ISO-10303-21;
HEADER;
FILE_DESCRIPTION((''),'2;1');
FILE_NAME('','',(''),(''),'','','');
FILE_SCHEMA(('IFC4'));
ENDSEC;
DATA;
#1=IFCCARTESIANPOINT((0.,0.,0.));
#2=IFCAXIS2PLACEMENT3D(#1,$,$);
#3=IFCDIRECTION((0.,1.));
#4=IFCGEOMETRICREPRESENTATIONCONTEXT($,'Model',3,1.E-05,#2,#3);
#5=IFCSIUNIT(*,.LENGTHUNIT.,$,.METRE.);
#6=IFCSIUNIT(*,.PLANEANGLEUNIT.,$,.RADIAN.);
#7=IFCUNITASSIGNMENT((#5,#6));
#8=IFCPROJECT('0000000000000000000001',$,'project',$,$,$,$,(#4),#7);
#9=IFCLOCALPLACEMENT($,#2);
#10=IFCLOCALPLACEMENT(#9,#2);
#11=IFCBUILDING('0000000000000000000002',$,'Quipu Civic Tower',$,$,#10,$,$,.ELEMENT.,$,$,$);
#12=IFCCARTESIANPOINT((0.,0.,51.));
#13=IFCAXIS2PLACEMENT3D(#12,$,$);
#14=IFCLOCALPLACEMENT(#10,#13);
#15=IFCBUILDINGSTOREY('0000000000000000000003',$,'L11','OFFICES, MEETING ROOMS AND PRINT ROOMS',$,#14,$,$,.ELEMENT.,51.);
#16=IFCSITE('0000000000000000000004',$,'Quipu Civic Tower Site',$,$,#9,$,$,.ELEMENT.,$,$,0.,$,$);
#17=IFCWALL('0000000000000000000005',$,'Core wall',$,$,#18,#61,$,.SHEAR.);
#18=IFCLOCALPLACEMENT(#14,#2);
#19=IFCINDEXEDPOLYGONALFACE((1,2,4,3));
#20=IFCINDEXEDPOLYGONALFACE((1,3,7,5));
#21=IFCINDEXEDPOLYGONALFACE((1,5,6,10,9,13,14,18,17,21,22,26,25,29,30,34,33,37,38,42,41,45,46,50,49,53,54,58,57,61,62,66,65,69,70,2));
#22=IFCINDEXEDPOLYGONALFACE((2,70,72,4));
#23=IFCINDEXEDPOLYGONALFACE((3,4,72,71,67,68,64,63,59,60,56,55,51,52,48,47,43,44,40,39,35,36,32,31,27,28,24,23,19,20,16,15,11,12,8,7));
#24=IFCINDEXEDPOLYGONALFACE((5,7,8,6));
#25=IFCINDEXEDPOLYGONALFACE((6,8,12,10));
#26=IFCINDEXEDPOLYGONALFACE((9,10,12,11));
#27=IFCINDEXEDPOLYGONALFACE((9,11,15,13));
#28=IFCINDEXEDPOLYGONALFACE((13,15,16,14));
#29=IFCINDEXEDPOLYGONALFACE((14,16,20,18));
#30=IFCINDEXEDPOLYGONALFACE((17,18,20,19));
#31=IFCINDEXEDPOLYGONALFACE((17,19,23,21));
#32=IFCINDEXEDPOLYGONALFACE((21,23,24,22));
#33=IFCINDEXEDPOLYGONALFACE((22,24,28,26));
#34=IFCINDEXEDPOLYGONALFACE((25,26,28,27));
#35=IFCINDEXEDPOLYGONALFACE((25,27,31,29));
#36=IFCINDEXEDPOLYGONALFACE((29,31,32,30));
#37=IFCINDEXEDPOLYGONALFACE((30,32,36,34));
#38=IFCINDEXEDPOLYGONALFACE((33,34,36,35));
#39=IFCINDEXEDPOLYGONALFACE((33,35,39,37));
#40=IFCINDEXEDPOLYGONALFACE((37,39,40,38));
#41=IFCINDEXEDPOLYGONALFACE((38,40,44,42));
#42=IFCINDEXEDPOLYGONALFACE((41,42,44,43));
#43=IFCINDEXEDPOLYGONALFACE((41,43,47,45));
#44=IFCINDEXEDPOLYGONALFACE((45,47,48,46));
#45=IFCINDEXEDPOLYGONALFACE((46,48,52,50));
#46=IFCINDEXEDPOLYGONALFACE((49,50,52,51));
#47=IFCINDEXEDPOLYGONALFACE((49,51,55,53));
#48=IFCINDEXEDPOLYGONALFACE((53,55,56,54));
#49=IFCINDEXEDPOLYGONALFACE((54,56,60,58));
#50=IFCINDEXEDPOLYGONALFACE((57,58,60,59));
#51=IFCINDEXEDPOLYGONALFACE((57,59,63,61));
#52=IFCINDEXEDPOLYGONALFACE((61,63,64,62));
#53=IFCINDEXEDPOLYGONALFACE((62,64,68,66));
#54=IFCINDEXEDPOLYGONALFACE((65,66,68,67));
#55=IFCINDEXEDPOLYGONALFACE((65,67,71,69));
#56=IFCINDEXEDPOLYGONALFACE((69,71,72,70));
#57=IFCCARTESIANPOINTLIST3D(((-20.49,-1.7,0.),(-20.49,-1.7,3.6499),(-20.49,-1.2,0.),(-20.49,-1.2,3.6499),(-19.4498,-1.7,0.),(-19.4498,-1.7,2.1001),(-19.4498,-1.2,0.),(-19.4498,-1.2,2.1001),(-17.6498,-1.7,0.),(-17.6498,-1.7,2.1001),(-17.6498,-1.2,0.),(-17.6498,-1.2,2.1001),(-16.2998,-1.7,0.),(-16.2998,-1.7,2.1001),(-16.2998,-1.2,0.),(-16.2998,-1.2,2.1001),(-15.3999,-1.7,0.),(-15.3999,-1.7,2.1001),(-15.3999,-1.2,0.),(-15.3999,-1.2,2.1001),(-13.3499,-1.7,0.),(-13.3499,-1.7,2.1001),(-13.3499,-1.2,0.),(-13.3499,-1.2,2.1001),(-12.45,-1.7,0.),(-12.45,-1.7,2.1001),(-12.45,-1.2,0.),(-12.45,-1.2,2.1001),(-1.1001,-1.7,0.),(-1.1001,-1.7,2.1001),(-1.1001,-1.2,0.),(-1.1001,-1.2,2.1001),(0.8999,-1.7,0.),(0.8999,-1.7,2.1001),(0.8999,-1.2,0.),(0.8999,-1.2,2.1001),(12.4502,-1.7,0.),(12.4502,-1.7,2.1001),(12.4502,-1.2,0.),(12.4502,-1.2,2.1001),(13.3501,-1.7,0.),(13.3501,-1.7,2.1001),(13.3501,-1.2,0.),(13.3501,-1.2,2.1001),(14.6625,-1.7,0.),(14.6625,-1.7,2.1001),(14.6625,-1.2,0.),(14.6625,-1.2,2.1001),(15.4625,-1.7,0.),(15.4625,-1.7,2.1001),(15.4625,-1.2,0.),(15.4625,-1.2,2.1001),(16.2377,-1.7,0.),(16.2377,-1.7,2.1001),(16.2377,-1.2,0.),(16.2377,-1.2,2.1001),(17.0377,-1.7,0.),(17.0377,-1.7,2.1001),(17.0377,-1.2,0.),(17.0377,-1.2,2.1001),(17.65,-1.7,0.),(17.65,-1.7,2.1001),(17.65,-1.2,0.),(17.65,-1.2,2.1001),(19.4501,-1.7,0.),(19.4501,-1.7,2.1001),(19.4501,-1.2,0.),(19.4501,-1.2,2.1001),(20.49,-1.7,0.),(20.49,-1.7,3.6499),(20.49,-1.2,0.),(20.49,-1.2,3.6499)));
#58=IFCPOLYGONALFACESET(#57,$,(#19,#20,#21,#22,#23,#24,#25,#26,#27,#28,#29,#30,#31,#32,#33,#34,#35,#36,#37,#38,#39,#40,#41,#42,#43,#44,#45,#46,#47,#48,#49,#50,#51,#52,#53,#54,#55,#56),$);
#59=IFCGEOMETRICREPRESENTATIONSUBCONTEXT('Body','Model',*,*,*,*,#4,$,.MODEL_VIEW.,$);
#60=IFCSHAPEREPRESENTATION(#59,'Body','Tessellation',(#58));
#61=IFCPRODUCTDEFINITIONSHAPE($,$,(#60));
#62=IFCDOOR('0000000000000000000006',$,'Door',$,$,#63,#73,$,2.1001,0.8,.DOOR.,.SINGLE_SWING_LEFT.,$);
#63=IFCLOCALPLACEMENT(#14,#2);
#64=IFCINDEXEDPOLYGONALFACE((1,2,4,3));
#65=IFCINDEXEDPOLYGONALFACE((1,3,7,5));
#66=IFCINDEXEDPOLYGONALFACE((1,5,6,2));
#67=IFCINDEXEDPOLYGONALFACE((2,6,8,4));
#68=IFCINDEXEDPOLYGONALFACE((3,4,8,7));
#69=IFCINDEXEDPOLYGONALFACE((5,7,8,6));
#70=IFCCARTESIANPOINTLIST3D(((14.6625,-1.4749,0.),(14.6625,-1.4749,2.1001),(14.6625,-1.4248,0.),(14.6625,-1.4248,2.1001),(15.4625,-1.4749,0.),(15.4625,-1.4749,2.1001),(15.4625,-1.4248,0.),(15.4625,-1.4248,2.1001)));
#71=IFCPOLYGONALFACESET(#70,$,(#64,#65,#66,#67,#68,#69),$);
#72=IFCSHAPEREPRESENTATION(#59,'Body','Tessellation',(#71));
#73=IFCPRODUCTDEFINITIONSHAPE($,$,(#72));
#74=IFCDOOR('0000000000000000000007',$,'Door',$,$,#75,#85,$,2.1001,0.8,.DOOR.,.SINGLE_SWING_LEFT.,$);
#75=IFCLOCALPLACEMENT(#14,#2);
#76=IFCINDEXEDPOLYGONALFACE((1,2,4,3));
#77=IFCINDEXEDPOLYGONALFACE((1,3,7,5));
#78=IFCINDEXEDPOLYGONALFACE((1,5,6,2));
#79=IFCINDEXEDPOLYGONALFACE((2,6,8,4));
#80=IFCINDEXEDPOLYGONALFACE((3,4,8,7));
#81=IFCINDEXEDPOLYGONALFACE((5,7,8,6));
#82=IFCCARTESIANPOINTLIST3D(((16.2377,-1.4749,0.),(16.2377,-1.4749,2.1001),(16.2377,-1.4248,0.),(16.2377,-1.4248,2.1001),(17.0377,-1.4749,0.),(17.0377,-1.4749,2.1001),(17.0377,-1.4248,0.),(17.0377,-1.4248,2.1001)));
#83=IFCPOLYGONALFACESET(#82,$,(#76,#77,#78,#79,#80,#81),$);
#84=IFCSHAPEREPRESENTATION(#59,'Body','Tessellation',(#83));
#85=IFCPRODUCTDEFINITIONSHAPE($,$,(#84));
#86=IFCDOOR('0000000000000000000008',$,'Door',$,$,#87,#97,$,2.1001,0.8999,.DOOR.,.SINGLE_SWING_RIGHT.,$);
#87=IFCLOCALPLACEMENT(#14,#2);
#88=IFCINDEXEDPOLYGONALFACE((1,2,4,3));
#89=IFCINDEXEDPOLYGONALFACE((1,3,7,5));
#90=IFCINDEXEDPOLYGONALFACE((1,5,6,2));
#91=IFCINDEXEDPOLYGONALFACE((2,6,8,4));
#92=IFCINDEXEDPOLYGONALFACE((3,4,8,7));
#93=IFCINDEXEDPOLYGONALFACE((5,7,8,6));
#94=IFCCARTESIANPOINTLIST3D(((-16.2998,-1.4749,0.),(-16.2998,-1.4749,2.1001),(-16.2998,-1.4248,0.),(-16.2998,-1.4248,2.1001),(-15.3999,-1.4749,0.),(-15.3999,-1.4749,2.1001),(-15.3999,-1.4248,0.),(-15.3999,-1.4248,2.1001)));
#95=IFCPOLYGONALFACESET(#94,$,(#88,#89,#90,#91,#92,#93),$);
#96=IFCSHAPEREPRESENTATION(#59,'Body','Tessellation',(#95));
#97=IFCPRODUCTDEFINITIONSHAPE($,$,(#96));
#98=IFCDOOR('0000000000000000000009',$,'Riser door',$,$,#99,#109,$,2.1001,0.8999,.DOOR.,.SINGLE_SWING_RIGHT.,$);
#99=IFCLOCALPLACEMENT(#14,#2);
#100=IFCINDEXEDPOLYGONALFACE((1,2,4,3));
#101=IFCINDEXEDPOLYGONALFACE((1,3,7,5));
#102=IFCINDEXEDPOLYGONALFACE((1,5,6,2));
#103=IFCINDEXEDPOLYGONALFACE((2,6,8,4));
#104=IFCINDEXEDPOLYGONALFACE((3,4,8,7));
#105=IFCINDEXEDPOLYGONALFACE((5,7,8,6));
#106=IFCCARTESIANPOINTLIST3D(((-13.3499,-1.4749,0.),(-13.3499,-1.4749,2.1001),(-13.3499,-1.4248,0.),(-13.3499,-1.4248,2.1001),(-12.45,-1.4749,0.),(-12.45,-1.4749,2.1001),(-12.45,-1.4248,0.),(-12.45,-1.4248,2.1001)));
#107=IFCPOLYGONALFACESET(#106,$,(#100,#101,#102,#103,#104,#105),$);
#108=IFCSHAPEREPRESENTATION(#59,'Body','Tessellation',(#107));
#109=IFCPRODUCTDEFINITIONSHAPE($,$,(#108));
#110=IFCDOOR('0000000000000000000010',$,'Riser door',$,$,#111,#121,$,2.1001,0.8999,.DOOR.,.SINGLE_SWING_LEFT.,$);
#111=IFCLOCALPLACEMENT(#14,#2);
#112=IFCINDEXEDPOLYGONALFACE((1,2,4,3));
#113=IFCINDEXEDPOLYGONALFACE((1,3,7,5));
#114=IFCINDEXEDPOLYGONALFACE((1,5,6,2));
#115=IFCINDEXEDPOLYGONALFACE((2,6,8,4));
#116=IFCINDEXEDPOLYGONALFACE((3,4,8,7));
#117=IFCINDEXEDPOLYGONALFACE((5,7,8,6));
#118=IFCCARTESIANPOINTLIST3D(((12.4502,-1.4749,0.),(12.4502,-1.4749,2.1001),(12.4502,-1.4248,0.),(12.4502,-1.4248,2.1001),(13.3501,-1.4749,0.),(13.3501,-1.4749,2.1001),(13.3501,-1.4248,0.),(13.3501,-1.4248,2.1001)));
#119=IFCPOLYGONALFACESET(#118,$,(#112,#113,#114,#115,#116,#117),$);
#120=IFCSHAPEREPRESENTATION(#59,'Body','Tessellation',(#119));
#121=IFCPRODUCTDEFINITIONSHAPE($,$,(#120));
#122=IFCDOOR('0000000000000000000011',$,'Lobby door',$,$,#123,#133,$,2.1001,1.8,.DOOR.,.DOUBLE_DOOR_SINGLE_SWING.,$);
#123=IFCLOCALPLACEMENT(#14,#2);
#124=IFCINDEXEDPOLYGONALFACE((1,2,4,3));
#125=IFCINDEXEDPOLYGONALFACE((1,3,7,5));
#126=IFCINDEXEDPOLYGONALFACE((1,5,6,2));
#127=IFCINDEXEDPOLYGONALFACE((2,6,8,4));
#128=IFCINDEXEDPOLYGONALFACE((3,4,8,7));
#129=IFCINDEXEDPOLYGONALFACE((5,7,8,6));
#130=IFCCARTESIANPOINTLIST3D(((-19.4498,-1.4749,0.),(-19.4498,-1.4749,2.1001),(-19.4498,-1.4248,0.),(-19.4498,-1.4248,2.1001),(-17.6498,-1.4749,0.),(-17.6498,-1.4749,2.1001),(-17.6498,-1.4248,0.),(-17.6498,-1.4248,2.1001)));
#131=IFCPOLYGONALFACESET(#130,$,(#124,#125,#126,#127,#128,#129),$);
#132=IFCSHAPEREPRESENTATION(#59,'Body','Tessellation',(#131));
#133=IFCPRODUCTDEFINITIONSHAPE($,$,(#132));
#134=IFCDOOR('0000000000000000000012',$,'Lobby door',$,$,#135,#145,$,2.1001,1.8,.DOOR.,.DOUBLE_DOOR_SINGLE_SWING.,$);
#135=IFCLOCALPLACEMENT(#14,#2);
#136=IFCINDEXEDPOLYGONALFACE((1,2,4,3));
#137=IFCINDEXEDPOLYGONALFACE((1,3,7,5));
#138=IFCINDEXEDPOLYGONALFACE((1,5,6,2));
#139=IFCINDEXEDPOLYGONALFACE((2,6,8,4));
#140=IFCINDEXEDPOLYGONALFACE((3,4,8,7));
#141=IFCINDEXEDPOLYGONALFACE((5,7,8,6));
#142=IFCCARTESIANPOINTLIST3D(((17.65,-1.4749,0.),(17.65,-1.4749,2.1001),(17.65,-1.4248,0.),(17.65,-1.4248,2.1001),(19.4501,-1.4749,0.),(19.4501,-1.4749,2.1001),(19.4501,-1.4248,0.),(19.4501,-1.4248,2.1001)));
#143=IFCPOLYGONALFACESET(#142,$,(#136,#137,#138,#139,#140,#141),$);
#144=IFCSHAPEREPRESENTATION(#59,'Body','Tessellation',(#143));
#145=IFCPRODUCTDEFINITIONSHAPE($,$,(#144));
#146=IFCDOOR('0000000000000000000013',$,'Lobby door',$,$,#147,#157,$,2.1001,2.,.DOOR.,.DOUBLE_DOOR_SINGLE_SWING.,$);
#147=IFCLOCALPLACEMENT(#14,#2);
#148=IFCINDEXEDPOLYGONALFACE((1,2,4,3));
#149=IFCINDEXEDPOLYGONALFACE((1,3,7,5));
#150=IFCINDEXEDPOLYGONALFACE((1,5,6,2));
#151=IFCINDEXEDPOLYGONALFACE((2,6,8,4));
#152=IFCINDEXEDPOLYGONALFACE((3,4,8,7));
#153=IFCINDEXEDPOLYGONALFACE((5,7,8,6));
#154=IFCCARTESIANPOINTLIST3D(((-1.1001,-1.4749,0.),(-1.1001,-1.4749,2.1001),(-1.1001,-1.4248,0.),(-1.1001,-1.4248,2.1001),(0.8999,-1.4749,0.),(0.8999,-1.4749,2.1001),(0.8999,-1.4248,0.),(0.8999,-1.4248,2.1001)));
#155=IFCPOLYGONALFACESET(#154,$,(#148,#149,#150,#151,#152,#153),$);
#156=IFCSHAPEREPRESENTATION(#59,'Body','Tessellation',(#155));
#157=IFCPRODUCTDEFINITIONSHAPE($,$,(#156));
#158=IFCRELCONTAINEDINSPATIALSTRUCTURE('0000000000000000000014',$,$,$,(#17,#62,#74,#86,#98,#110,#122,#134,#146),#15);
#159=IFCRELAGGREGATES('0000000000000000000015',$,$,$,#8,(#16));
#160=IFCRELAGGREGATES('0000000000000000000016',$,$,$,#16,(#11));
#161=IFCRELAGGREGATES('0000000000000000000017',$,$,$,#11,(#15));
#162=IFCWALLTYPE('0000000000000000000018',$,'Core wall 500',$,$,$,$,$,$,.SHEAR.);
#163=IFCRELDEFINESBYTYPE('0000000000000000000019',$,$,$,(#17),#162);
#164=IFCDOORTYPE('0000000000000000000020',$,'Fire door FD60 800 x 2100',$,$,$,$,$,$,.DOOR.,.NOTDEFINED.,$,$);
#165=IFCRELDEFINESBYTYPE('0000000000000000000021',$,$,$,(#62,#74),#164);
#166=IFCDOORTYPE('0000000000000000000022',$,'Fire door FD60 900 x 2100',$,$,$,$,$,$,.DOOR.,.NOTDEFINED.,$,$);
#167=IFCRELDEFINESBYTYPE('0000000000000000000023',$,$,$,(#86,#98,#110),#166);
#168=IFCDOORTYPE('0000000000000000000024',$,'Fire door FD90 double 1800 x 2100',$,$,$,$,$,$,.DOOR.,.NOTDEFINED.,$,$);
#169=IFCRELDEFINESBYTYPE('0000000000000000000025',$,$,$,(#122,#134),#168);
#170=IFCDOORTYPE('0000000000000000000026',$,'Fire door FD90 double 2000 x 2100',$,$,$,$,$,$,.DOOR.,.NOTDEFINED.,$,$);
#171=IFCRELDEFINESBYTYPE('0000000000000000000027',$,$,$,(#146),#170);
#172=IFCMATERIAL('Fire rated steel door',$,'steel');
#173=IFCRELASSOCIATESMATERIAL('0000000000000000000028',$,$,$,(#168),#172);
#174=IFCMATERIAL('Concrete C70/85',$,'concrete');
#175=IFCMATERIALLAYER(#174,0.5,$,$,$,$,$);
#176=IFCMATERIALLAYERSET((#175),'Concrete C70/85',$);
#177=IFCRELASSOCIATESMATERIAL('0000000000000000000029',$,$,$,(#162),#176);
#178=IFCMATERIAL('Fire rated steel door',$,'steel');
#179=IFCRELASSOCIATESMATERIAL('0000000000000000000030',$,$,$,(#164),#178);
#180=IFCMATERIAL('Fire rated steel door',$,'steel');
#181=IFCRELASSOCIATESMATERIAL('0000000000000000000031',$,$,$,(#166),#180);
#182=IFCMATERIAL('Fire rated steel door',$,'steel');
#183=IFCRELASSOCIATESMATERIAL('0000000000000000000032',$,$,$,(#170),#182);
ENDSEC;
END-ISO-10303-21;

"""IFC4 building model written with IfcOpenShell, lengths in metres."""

from ifc_helpers import new_model, si_unit, direction, frame, frame_2d, origin, place, context, subcontext, project, spatial, rectangle, extrude, material, layer, layer_set, type_object, element, fill, save


model = new_model("IFC4")

# Units and contexts
model_context = context("Model", 3, precision=1e-05, world=origin(), true_north=direction((0.0, 1.0)))
body_context = subcontext(model_context, "Body", "Model", "MODEL_VIEW")
ifc_project = project(units=[si_unit("LENGTHUNIT", "METRE"), si_unit("PLANEANGLEUNIT", "RADIAN")], contexts=[model_context])

# Site, building, storey
site_placement = place(None, origin())
site = spatial("IfcSite", under=ifc_project, at=site_placement, Name="Quipu Civic Tower Site", CompositionType="ELEMENT", RefElevation=0.0)
building_placement = place(site_placement, origin())
building = spatial("IfcBuilding", under=site, at=building_placement, Name="Quipu Civic Tower", CompositionType="ELEMENT")
storey_placement = place(building_placement, frame((0.0, 0.0, 51.0)))
storey = spatial("IfcBuildingStorey", under=building, at=storey_placement, Name="L11", Description="OFFICES, MEETING ROOMS AND PRINT ROOMS", CompositionType="ELEMENT", Elevation=51.0)

# Shared definitions
ifc_material_1 = material(Name="Fire rated steel door", Category="steel")
door_type_1 = type_object("IfcDoorType", Name="Fire door FD90 double 1800 x 2100", OperationType="NOTDEFINED", PredefinedType="DOOR", material=ifc_material_1)

# Wall, openings, doors
ifc_material_2 = material(Name="Concrete C70/85", Category="concrete")
ifc_layer_1 = layer(ifc_material_2, 0.5)
ifc_layer_set_1 = layer_set([ifc_layer_1], Name="Concrete C70/85")
wall_type_1 = type_object("IfcWallType", Name="Core wall 500", PredefinedType="SHEAR", material=ifc_layer_set_1)
wall_1_placement = place(storey_placement, frame((20.49, -1.45, 0.0), z_axis=(0.0, 0.0, 1.0), x_axis=(-1.0, 0.0, 0.0)))
wall_1 = element("IfcWall", 1, at=wall_1_placement, inside=storey, type_object=wall_type_1, Name="Core wall", PredefinedType="SHEAR", context=body_context, shape_type="SweptSolid", body=[
    extrude(rectangle(XDim=40.98, YDim=0.5, at=frame_2d((20.49, 0.0))), origin(), (0.0, 0.0, 1.0), 3.6499),
])
opening_1_placement = place(wall_1_placement, frame((38.1399, 0.0, 0.0)))
opening_1 = element("IfcOpeningElement", 2, at=opening_1_placement, cuts=wall_1, PredefinedType="OPENING", context=body_context, shape_type="SweptSolid", body=[
    extrude(rectangle(XDim=1.8, YDim=2.1001, at=frame_2d((0.8999, 1.05))), frame((0.0, 0.26, 0.0), z_axis=(0.0, -1.0, 0.0), x_axis=(1.0, 0.0, 0.0)), (0.0, 0.0, 1.0), 0.52),
])
opening_2_placement = place(wall_1_placement, frame((35.8899, 0.0, 0.0)))
opening_2 = element("IfcOpeningElement", 3, at=opening_2_placement, cuts=wall_1, PredefinedType="OPENING", context=body_context, shape_type="SweptSolid", body=[
    extrude(rectangle(XDim=0.8999, YDim=2.1001, at=frame_2d((0.45, 1.05))), frame((0.0, 0.26, 0.0), z_axis=(0.0, -1.0, 0.0), x_axis=(1.0, 0.0, 0.0)), (0.0, 0.0, 1.0), 0.52),
])
opening_3_placement = place(wall_1_placement, frame((32.9399, 0.0, 0.0)))
opening_3 = element("IfcOpeningElement", 4, at=opening_3_placement, cuts=wall_1, PredefinedType="OPENING", context=body_context, shape_type="SweptSolid", body=[
    extrude(rectangle(XDim=0.8999, YDim=2.1001, at=frame_2d((0.45, 1.05))), frame((0.0, 0.26, 0.0), z_axis=(0.0, -1.0, 0.0), x_axis=(1.0, 0.0, 0.0)), (0.0, 0.0, 1.0), 0.52),
])
opening_4_placement = place(wall_1_placement, frame((19.5901, 0.0, 0.0)))
opening_4 = element("IfcOpeningElement", 5, at=opening_4_placement, cuts=wall_1, PredefinedType="OPENING", context=body_context, shape_type="SweptSolid", body=[
    extrude(rectangle(XDim=2.0, YDim=2.1001, at=frame_2d((1.0, 1.05))), frame((0.0, 0.26, 0.0), z_axis=(0.0, -1.0, 0.0), x_axis=(1.0, 0.0, 0.0)), (0.0, 0.0, 1.0), 0.52),
])
opening_5_placement = place(wall_1_placement, frame((7.1399, 0.0, 0.0)))
opening_5 = element("IfcOpeningElement", 6, at=opening_5_placement, cuts=wall_1, PredefinedType="OPENING", context=body_context, shape_type="SweptSolid", body=[
    extrude(rectangle(XDim=0.8999, YDim=2.1001, at=frame_2d((0.45, 1.05))), frame((0.0, 0.26, 0.0), z_axis=(0.0, -1.0, 0.0), x_axis=(1.0, 0.0, 0.0)), (0.0, 0.0, 1.0), 0.52),
])
opening_6_placement = place(wall_1_placement, frame((5.0276, 0.0, 0.0)))
opening_6 = element("IfcOpeningElement", 7, at=opening_6_placement, cuts=wall_1, PredefinedType="OPENING", context=body_context, shape_type="SweptSolid", body=[
    extrude(rectangle(XDim=0.8, YDim=2.1001, at=frame_2d((0.3999, 1.05))), frame((0.0, 0.26, 0.0), z_axis=(0.0, -1.0, 0.0), x_axis=(1.0, 0.0, 0.0)), (0.0, 0.0, 1.0), 0.52),
])
opening_7_placement = place(wall_1_placement, frame((3.4524, 0.0, 0.0)))
opening_7 = element("IfcOpeningElement", 8, at=opening_7_placement, cuts=wall_1, PredefinedType="OPENING", context=body_context, shape_type="SweptSolid", body=[
    extrude(rectangle(XDim=0.8, YDim=2.1001, at=frame_2d((0.3999, 1.05))), frame((0.0, 0.26, 0.0), z_axis=(0.0, -1.0, 0.0), x_axis=(1.0, 0.0, 0.0)), (0.0, 0.0, 1.0), 0.52),
])
opening_8_placement = place(wall_1_placement, frame((1.04, 0.0, 0.0)))
opening_8 = element("IfcOpeningElement", 9, at=opening_8_placement, cuts=wall_1, PredefinedType="OPENING", context=body_context, shape_type="SweptSolid", body=[
    extrude(rectangle(XDim=1.8, YDim=2.1001, at=frame_2d((0.8999, 1.05))), frame((0.0, 0.26, 0.0), z_axis=(0.0, -1.0, 0.0), x_axis=(1.0, 0.0, 0.0)), (0.0, 0.0, 1.0), 0.52),
])
ifc_material_3 = material(Name="Fire rated steel door", Category="steel")
door_type_2 = type_object("IfcDoorType", Name="Fire door FD60 800 x 2100", OperationType="NOTDEFINED", PredefinedType="DOOR", material=ifc_material_3)
door_1_placement = place(opening_6_placement, origin())
door_1 = element("IfcDoor", 10, at=door_1_placement, inside=storey, type_object=door_type_2, Name="Door", OperationType="SINGLE_SWING_LEFT", OverallHeight=2.1001, OverallWidth=0.8, PredefinedType="DOOR", context=body_context, shape_type="SweptSolid", body=[
    extrude(rectangle(XDim=0.8, YDim=2.1001, at=frame_2d((0.3999, 1.05))), frame((0.0, 0.0249, 0.0), z_axis=(0.0, -1.0, 0.0), x_axis=(1.0, 0.0, 0.0)), (0.0, 0.0, 1.0), 0.05),
])
fill(opening_6, door_1)
door_2_placement = place(opening_7_placement, origin())
door_2 = element("IfcDoor", 11, at=door_2_placement, inside=storey, type_object=door_type_2, Name="Door", OperationType="SINGLE_SWING_LEFT", OverallHeight=2.1001, OverallWidth=0.8, PredefinedType="DOOR", context=body_context, shape_type="SweptSolid", body=[
    extrude(rectangle(XDim=0.8, YDim=2.1001, at=frame_2d((0.3999, 1.05))), frame((0.0, 0.0249, 0.0), z_axis=(0.0, -1.0, 0.0), x_axis=(1.0, 0.0, 0.0)), (0.0, 0.0, 1.0), 0.05),
])
fill(opening_7, door_2)
ifc_material_4 = material(Name="Fire rated steel door", Category="steel")
door_type_3 = type_object("IfcDoorType", Name="Fire door FD60 900 x 2100", OperationType="NOTDEFINED", PredefinedType="DOOR", material=ifc_material_4)
door_3_placement = place(opening_2_placement, origin())
door_3 = element("IfcDoor", 12, at=door_3_placement, inside=storey, type_object=door_type_3, Name="Door", OperationType="SINGLE_SWING_RIGHT", OverallHeight=2.1001, OverallWidth=0.8999, PredefinedType="DOOR", context=body_context, shape_type="SweptSolid", body=[
    extrude(rectangle(XDim=0.8999, YDim=2.1001, at=frame_2d((0.45, 1.05))), frame((0.0, 0.0249, 0.0), z_axis=(0.0, -1.0, 0.0), x_axis=(1.0, 0.0, 0.0)), (0.0, 0.0, 1.0), 0.05),
])
fill(opening_2, door_3)
door_4_placement = place(opening_3_placement, origin())
door_4 = element("IfcDoor", 13, at=door_4_placement, inside=storey, type_object=door_type_3, Name="Riser door", OperationType="SINGLE_SWING_RIGHT", OverallHeight=2.1001, OverallWidth=0.8999, PredefinedType="DOOR", context=body_context, shape_type="SweptSolid", body=[
    extrude(rectangle(XDim=0.8999, YDim=2.1001, at=frame_2d((0.45, 1.05))), frame((0.0, 0.0249, 0.0), z_axis=(0.0, -1.0, 0.0), x_axis=(1.0, 0.0, 0.0)), (0.0, 0.0, 1.0), 0.05),
])
fill(opening_3, door_4)
door_5_placement = place(opening_5_placement, origin())
door_5 = element("IfcDoor", 14, at=door_5_placement, inside=storey, type_object=door_type_3, Name="Riser door", OperationType="SINGLE_SWING_LEFT", OverallHeight=2.1001, OverallWidth=0.8999, PredefinedType="DOOR", context=body_context, shape_type="SweptSolid", body=[
    extrude(rectangle(XDim=0.8999, YDim=2.1001, at=frame_2d((0.45, 1.05))), frame((0.0, 0.0249, 0.0), z_axis=(0.0, -1.0, 0.0), x_axis=(1.0, 0.0, 0.0)), (0.0, 0.0, 1.0), 0.05),
])
fill(opening_5, door_5)
door_6_placement = place(opening_1_placement, origin())
door_6 = element("IfcDoor", 15, at=door_6_placement, inside=storey, type_object=door_type_1, Name="Lobby door", OperationType="DOUBLE_DOOR_SINGLE_SWING", OverallHeight=2.1001, OverallWidth=1.8, PredefinedType="DOOR", context=body_context, shape_type="SweptSolid", body=[
    extrude(rectangle(XDim=1.8, YDim=2.1001, at=frame_2d((0.8999, 1.05))), frame((0.0, 0.0249, 0.0), z_axis=(0.0, -1.0, 0.0), x_axis=(1.0, 0.0, 0.0)), (0.0, 0.0, 1.0), 0.05),
])
fill(opening_1, door_6)
door_7_placement = place(opening_8_placement, origin())
door_7 = element("IfcDoor", 16, at=door_7_placement, inside=storey, type_object=door_type_1, Name="Lobby door", OperationType="DOUBLE_DOOR_SINGLE_SWING", OverallHeight=2.1001, OverallWidth=1.8, PredefinedType="DOOR", context=body_context, shape_type="SweptSolid", body=[
    extrude(rectangle(XDim=1.8, YDim=2.1001, at=frame_2d((0.8999, 1.05))), frame((0.0, 0.0249, 0.0), z_axis=(0.0, -1.0, 0.0), x_axis=(1.0, 0.0, 0.0)), (0.0, 0.0, 1.0), 0.05),
])
fill(opening_8, door_7)
ifc_material_5 = material(Name="Fire rated steel door", Category="steel")
door_type_4 = type_object("IfcDoorType", Name="Fire door FD90 double 2000 x 2100", OperationType="NOTDEFINED", PredefinedType="DOOR", material=ifc_material_5)
door_8_placement = place(opening_4_placement, origin())
door_8 = element("IfcDoor", 17, at=door_8_placement, inside=storey, type_object=door_type_4, Name="Lobby door", OperationType="DOUBLE_DOOR_SINGLE_SWING", OverallHeight=2.1001, OverallWidth=2.0, PredefinedType="DOOR", context=body_context, shape_type="SweptSolid", body=[
    extrude(rectangle(XDim=2.0, YDim=2.1001, at=frame_2d((1.0, 1.05))), frame((0.0, 0.0249, 0.0), z_axis=(0.0, -1.0, 0.0), x_axis=(1.0, 0.0, 0.0)), (0.0, 0.0, 1.0), 0.05),
])
fill(opening_4, door_8)

save(model, "model.ifc")
